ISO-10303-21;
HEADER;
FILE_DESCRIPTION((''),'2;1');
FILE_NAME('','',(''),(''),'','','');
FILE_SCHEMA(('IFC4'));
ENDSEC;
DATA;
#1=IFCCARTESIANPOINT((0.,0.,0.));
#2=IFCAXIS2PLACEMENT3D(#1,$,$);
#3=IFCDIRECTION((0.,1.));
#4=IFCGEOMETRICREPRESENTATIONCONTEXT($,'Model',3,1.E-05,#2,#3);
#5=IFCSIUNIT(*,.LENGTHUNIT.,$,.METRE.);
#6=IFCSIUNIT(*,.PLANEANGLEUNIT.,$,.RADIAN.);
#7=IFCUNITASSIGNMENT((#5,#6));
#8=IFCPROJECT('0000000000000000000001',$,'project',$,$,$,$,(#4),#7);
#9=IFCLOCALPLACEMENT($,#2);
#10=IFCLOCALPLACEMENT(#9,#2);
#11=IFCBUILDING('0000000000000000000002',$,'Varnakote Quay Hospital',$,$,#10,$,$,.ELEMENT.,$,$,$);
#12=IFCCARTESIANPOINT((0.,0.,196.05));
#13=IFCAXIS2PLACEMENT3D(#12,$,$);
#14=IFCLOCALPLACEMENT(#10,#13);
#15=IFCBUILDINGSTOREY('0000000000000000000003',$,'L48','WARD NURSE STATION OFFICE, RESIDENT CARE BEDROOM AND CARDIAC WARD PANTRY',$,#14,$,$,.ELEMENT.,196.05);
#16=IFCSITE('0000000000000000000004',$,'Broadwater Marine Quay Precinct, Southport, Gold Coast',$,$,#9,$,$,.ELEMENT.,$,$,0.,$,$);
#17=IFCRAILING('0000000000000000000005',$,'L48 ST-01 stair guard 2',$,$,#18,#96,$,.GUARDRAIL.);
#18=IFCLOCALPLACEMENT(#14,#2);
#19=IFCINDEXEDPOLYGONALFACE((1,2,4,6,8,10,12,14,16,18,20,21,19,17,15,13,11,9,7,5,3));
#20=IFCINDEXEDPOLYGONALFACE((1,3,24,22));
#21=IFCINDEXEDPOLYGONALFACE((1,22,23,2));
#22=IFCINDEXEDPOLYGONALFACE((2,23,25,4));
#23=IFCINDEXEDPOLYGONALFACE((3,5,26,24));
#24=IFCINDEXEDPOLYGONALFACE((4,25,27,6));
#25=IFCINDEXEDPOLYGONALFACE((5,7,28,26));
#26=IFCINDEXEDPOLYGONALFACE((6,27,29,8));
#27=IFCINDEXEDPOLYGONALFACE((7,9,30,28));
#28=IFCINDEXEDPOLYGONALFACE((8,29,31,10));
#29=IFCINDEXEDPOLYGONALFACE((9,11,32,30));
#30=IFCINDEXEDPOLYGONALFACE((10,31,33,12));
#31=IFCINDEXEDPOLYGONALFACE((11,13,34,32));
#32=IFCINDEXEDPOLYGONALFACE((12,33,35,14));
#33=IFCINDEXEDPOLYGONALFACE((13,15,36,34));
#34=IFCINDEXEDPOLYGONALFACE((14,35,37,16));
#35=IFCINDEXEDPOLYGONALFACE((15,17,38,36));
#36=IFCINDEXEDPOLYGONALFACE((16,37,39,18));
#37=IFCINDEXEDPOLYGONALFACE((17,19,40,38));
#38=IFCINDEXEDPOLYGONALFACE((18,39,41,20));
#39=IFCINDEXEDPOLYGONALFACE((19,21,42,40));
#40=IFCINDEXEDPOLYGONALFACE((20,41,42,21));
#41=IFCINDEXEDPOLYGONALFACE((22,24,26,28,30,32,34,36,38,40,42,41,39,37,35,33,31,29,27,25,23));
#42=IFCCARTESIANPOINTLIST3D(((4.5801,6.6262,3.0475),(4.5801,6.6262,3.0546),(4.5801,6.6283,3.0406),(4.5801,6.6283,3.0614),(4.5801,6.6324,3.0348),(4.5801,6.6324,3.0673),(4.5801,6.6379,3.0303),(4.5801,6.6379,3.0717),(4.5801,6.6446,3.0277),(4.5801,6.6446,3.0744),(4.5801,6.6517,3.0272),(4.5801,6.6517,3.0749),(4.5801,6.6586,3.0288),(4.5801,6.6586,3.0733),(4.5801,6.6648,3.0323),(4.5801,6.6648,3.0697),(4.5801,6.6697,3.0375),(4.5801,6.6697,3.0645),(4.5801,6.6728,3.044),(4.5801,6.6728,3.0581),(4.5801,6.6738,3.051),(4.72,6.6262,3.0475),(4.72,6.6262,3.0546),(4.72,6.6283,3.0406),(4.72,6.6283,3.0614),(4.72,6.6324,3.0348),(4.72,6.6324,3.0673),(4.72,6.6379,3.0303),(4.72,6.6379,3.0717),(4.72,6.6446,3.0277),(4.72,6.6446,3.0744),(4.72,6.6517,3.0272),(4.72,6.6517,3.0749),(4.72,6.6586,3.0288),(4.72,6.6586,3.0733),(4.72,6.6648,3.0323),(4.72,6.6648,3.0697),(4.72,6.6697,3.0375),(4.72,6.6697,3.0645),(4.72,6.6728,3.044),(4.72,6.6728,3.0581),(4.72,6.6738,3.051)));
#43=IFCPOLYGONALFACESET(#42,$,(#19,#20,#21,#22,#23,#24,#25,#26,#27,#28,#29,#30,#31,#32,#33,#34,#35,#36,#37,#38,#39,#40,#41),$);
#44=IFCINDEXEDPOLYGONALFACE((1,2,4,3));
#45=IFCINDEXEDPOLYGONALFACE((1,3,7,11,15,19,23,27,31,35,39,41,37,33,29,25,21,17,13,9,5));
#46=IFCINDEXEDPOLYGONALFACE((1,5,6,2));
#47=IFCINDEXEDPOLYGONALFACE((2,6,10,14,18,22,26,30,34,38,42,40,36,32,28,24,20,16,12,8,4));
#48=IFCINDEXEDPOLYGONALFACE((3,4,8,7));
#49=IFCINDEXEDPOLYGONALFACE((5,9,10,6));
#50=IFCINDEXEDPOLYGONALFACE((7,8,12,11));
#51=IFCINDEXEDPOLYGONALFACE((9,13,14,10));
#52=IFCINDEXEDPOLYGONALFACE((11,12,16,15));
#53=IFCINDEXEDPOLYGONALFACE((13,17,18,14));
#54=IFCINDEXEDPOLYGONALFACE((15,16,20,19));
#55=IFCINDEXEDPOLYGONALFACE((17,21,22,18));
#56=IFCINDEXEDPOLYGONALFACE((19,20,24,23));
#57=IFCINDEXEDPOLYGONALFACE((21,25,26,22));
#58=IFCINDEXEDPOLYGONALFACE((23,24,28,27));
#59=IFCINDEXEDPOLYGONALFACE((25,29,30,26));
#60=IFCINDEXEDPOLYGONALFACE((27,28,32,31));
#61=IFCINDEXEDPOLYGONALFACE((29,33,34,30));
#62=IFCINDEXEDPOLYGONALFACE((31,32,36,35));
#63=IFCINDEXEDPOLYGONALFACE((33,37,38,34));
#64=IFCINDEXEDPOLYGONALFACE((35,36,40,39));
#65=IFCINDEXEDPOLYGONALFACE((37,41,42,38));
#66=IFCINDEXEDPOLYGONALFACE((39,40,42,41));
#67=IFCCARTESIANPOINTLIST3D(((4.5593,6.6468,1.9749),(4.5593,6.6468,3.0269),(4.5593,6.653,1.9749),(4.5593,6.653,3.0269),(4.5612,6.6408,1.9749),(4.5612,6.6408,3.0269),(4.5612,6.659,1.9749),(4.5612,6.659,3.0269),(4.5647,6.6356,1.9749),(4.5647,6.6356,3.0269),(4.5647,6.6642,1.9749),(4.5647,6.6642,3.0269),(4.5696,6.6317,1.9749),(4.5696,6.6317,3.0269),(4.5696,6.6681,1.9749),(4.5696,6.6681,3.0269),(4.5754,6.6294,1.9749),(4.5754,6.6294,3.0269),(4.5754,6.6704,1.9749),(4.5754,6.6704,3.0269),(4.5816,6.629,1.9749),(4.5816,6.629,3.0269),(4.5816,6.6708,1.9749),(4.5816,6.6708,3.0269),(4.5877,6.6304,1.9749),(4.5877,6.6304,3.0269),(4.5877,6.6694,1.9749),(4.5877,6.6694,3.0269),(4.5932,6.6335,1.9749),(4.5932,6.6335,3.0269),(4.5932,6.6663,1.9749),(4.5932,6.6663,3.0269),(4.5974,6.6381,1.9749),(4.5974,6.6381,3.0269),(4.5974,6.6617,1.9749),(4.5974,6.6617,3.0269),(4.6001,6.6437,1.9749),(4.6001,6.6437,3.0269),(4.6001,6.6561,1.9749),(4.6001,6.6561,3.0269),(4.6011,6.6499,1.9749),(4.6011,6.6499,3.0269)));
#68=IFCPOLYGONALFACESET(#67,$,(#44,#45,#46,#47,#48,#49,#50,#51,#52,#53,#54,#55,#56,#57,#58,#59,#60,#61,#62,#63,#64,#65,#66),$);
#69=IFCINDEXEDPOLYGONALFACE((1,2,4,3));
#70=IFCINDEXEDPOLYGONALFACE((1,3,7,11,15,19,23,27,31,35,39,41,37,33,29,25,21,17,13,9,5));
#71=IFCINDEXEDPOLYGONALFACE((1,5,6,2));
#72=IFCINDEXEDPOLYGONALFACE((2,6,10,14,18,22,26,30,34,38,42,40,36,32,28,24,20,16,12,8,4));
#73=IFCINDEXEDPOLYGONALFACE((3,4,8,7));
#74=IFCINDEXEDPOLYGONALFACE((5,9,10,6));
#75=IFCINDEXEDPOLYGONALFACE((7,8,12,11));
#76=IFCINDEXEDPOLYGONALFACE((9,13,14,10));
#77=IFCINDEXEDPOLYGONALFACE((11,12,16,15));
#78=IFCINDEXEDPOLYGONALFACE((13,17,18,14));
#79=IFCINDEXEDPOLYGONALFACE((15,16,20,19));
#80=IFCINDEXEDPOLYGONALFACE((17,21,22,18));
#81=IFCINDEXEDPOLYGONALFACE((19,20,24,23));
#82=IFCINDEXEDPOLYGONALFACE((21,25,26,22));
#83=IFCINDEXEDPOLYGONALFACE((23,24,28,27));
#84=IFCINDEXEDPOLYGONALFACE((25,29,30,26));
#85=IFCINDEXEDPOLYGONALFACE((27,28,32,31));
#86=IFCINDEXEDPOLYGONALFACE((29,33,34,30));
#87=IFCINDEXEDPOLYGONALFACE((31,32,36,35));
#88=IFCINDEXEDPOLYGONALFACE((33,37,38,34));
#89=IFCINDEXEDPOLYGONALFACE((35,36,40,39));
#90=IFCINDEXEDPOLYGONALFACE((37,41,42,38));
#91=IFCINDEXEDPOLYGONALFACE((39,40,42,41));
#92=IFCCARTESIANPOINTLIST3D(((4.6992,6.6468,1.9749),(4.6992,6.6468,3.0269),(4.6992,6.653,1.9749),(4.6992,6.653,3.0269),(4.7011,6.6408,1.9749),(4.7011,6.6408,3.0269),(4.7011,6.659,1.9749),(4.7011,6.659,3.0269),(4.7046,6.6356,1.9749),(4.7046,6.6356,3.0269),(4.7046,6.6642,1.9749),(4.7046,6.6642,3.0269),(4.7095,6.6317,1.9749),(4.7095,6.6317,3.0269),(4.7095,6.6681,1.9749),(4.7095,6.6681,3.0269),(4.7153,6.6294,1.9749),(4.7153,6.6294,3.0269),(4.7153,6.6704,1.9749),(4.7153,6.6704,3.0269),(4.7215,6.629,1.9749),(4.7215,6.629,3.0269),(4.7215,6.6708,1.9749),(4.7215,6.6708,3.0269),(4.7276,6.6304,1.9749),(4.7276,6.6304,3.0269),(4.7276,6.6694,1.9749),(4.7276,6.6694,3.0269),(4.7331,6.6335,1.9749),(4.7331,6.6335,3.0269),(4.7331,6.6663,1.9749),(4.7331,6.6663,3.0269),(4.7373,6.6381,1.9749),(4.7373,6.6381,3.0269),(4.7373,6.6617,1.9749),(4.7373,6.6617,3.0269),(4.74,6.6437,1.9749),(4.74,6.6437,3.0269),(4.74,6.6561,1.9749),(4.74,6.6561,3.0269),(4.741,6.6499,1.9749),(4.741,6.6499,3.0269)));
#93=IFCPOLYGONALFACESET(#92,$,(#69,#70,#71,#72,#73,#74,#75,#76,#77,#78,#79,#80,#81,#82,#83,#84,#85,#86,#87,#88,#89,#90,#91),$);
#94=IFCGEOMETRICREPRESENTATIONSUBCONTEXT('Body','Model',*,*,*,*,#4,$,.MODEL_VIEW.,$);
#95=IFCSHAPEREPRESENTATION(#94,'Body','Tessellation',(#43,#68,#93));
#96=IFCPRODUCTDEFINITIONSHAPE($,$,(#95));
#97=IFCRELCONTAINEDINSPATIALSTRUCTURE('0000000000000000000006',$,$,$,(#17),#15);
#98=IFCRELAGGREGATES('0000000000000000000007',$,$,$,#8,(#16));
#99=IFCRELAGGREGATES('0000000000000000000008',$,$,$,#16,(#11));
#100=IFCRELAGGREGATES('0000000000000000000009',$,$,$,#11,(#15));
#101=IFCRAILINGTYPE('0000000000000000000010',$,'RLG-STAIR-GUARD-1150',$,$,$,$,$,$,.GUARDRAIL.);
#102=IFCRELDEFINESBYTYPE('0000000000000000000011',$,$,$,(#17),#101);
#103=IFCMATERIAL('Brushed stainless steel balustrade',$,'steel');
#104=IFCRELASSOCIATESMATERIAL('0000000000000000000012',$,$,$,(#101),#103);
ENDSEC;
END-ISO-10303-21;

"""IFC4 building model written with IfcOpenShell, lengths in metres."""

from ifc_helpers import new_model, si_unit, direction, frame, origin, origin_2d, place, context, subcontext, project, spatial, circle, extrude, material, type_object, element, save


model = new_model("IFC4")

# Units and contexts
model_context = context("Model", 3, precision=1e-05, world=origin(), true_north=direction((0.0, 1.0)))
body_context = subcontext(model_context, "Body", "Model", "MODEL_VIEW")
ifc_project = project(units=[si_unit("LENGTHUNIT", "METRE"), si_unit("PLANEANGLEUNIT", "RADIAN")], contexts=[model_context])

# Site, building, storey
site_placement = place(None, origin())
site = spatial("IfcSite", under=ifc_project, at=site_placement, Name="Broadwater Marine Quay Precinct, Southport, Gold Coast", CompositionType="ELEMENT", RefElevation=0.0)
building_placement = place(site_placement, origin())
building = spatial("IfcBuilding", under=site, at=building_placement, Name="Varnakote Quay Hospital", CompositionType="ELEMENT")
storey_placement = place(building_placement, frame((0.0, 0.0, 196.05)))
storey = spatial("IfcBuildingStorey", under=building, at=storey_placement, Name="L48", Description="WARD NURSE STATION OFFICE, RESIDENT CARE BEDROOM AND CARDIAC WARD PANTRY", CompositionType="ELEMENT", Elevation=196.05)

# Railing
ifc_material_1 = material(Name="Brushed stainless steel balustrade", Category="steel")
railing_type_1 = type_object("IfcRailingType", Name="RLG-STAIR-GUARD-1150", PredefinedType="GUARDRAIL", material=ifc_material_1)
railing_1_placement = place(storey_placement, frame((4.5801, 6.6499, 1.9749)))
element("IfcRailing", 1, at=railing_1_placement, inside=storey, type_object=railing_type_1, Name="L48 ST-01 stair guard 2", PredefinedType="GUARDRAIL", context=body_context, shape_type="SweptSolid", body=[
    extrude(circle(Radius=0.0239, at=origin_2d()), frame((0.0, 0.0, 1.0762), z_axis=(1.0, 0.0, 0.0), x_axis=(0.0, 1.0, 0.0)), (0.0, 0.0, 1.0), 0.1399),
    extrude(circle(Radius=0.021, at=origin_2d()), origin(), (0.0, 0.0, 1.0), 1.052),
    extrude(circle(Radius=0.021, at=origin_2d()), frame((0.1399, 0.0, 0.0)), (0.0, 0.0, 1.0), 1.052),
])

save(model, "model.ifc")
